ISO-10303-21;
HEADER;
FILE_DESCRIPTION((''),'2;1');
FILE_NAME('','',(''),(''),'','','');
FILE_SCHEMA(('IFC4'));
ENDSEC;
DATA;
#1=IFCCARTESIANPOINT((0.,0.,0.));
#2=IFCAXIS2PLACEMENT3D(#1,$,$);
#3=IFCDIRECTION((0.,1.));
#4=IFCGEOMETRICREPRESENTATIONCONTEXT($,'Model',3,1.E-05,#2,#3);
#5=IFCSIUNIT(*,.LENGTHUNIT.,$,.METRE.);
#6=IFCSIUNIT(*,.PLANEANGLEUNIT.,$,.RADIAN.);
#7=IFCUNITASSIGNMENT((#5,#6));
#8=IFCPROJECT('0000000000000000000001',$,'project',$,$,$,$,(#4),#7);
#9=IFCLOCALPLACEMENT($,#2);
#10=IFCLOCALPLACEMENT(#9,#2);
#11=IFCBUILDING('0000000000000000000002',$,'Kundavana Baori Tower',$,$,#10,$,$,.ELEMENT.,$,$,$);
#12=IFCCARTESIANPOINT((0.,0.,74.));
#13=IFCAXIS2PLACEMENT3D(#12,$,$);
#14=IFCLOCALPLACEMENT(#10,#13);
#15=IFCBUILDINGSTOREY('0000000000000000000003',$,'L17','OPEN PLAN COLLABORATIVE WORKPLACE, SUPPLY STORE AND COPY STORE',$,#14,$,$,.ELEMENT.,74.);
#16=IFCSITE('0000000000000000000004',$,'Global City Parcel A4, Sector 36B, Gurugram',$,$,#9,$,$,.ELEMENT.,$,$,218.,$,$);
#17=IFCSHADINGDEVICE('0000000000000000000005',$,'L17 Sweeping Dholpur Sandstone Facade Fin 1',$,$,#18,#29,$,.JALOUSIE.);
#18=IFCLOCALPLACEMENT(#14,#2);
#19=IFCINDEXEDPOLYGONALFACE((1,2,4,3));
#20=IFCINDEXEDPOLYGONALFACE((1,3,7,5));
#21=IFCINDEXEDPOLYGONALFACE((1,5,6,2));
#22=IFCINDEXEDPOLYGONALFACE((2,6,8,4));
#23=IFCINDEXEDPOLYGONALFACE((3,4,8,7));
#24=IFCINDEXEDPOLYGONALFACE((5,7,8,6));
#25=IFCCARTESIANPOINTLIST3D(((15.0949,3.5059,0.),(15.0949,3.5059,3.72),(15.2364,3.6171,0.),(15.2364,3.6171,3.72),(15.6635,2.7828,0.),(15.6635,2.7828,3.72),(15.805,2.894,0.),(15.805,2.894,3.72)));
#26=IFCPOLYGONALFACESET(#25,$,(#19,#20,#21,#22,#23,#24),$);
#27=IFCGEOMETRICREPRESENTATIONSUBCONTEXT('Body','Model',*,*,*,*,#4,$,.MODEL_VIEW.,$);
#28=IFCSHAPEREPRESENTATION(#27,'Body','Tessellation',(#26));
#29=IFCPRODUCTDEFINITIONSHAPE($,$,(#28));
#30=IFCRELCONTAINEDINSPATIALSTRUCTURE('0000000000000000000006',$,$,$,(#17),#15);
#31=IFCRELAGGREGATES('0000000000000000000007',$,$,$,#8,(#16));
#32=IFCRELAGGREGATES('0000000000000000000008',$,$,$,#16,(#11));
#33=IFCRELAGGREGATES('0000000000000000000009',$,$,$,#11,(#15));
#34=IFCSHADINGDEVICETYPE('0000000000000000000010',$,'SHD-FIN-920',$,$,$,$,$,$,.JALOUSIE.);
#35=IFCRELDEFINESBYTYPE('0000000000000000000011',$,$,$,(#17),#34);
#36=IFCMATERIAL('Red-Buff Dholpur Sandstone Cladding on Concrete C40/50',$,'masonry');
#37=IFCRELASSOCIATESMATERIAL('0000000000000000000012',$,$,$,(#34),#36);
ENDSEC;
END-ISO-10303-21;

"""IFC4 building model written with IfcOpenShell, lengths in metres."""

from ifc_helpers import new_model, si_unit, direction, frame, origin, origin_2d, place, context, subcontext, project, spatial, rectangle, extrude, material, type_object, element, save


model = new_model("IFC4")

# Units and contexts
model_context = context("Model", 3, precision=1e-05, world=origin(), true_north=direction((0.0, 1.0)))
body_context = subcontext(model_context, "Body", "Model", "MODEL_VIEW")
ifc_project = project(units=[si_unit("LENGTHUNIT", "METRE"), si_unit("PLANEANGLEUNIT", "RADIAN")], contexts=[model_context])

# Site, building, storey
site_placement = place(None, origin())
site = spatial("IfcSite", under=ifc_project, at=site_placement, Name="Global City Parcel A4, Sector 36B, Gurugram", CompositionType="ELEMENT", RefElevation=218.0)
building_placement = place(site_placement, origin())
building = spatial("IfcBuilding", under=site, at=building_placement, Name="Kundavana Baori Tower", CompositionType="ELEMENT")
storey_placement = place(building_placement, frame((0.0, 0.0, 74.0)))
storey = spatial("IfcBuildingStorey", under=building, at=storey_placement, Name="L17", Description="OPEN PLAN COLLABORATIVE WORKPLACE, SUPPLY STORE AND COPY STORE", CompositionType="ELEMENT", Elevation=74.0)

# Shading device
ifc_material_1 = material(Name="Red-Buff Dholpur Sandstone Cladding on Concrete C40/50", Category="masonry")
shading_device_type = type_object("IfcShadingDeviceType", Name="SHD-FIN-920", PredefinedType="JALOUSIE", material=ifc_material_1)
shading_device_placement = place(storey_placement, frame((15.45, 3.2, 0.0), z_axis=(0.0, 0.0, 1.0), x_axis=(0.786073, 0.618134, 0.0)))
element("IfcShadingDevice", 1, at=shading_device_placement, inside=storey, type_object=shading_device_type, Name="L17 Sweeping Dholpur Sandstone Facade Fin 1", PredefinedType="JALOUSIE", context=body_context, shape_type="SweptSolid", body=[
    extrude(rectangle(XDim=0.1799, YDim=0.9199, at=origin_2d()), origin(), (0.0, 0.0, 1.0), 3.72),
])

save(model, "model.ifc")
